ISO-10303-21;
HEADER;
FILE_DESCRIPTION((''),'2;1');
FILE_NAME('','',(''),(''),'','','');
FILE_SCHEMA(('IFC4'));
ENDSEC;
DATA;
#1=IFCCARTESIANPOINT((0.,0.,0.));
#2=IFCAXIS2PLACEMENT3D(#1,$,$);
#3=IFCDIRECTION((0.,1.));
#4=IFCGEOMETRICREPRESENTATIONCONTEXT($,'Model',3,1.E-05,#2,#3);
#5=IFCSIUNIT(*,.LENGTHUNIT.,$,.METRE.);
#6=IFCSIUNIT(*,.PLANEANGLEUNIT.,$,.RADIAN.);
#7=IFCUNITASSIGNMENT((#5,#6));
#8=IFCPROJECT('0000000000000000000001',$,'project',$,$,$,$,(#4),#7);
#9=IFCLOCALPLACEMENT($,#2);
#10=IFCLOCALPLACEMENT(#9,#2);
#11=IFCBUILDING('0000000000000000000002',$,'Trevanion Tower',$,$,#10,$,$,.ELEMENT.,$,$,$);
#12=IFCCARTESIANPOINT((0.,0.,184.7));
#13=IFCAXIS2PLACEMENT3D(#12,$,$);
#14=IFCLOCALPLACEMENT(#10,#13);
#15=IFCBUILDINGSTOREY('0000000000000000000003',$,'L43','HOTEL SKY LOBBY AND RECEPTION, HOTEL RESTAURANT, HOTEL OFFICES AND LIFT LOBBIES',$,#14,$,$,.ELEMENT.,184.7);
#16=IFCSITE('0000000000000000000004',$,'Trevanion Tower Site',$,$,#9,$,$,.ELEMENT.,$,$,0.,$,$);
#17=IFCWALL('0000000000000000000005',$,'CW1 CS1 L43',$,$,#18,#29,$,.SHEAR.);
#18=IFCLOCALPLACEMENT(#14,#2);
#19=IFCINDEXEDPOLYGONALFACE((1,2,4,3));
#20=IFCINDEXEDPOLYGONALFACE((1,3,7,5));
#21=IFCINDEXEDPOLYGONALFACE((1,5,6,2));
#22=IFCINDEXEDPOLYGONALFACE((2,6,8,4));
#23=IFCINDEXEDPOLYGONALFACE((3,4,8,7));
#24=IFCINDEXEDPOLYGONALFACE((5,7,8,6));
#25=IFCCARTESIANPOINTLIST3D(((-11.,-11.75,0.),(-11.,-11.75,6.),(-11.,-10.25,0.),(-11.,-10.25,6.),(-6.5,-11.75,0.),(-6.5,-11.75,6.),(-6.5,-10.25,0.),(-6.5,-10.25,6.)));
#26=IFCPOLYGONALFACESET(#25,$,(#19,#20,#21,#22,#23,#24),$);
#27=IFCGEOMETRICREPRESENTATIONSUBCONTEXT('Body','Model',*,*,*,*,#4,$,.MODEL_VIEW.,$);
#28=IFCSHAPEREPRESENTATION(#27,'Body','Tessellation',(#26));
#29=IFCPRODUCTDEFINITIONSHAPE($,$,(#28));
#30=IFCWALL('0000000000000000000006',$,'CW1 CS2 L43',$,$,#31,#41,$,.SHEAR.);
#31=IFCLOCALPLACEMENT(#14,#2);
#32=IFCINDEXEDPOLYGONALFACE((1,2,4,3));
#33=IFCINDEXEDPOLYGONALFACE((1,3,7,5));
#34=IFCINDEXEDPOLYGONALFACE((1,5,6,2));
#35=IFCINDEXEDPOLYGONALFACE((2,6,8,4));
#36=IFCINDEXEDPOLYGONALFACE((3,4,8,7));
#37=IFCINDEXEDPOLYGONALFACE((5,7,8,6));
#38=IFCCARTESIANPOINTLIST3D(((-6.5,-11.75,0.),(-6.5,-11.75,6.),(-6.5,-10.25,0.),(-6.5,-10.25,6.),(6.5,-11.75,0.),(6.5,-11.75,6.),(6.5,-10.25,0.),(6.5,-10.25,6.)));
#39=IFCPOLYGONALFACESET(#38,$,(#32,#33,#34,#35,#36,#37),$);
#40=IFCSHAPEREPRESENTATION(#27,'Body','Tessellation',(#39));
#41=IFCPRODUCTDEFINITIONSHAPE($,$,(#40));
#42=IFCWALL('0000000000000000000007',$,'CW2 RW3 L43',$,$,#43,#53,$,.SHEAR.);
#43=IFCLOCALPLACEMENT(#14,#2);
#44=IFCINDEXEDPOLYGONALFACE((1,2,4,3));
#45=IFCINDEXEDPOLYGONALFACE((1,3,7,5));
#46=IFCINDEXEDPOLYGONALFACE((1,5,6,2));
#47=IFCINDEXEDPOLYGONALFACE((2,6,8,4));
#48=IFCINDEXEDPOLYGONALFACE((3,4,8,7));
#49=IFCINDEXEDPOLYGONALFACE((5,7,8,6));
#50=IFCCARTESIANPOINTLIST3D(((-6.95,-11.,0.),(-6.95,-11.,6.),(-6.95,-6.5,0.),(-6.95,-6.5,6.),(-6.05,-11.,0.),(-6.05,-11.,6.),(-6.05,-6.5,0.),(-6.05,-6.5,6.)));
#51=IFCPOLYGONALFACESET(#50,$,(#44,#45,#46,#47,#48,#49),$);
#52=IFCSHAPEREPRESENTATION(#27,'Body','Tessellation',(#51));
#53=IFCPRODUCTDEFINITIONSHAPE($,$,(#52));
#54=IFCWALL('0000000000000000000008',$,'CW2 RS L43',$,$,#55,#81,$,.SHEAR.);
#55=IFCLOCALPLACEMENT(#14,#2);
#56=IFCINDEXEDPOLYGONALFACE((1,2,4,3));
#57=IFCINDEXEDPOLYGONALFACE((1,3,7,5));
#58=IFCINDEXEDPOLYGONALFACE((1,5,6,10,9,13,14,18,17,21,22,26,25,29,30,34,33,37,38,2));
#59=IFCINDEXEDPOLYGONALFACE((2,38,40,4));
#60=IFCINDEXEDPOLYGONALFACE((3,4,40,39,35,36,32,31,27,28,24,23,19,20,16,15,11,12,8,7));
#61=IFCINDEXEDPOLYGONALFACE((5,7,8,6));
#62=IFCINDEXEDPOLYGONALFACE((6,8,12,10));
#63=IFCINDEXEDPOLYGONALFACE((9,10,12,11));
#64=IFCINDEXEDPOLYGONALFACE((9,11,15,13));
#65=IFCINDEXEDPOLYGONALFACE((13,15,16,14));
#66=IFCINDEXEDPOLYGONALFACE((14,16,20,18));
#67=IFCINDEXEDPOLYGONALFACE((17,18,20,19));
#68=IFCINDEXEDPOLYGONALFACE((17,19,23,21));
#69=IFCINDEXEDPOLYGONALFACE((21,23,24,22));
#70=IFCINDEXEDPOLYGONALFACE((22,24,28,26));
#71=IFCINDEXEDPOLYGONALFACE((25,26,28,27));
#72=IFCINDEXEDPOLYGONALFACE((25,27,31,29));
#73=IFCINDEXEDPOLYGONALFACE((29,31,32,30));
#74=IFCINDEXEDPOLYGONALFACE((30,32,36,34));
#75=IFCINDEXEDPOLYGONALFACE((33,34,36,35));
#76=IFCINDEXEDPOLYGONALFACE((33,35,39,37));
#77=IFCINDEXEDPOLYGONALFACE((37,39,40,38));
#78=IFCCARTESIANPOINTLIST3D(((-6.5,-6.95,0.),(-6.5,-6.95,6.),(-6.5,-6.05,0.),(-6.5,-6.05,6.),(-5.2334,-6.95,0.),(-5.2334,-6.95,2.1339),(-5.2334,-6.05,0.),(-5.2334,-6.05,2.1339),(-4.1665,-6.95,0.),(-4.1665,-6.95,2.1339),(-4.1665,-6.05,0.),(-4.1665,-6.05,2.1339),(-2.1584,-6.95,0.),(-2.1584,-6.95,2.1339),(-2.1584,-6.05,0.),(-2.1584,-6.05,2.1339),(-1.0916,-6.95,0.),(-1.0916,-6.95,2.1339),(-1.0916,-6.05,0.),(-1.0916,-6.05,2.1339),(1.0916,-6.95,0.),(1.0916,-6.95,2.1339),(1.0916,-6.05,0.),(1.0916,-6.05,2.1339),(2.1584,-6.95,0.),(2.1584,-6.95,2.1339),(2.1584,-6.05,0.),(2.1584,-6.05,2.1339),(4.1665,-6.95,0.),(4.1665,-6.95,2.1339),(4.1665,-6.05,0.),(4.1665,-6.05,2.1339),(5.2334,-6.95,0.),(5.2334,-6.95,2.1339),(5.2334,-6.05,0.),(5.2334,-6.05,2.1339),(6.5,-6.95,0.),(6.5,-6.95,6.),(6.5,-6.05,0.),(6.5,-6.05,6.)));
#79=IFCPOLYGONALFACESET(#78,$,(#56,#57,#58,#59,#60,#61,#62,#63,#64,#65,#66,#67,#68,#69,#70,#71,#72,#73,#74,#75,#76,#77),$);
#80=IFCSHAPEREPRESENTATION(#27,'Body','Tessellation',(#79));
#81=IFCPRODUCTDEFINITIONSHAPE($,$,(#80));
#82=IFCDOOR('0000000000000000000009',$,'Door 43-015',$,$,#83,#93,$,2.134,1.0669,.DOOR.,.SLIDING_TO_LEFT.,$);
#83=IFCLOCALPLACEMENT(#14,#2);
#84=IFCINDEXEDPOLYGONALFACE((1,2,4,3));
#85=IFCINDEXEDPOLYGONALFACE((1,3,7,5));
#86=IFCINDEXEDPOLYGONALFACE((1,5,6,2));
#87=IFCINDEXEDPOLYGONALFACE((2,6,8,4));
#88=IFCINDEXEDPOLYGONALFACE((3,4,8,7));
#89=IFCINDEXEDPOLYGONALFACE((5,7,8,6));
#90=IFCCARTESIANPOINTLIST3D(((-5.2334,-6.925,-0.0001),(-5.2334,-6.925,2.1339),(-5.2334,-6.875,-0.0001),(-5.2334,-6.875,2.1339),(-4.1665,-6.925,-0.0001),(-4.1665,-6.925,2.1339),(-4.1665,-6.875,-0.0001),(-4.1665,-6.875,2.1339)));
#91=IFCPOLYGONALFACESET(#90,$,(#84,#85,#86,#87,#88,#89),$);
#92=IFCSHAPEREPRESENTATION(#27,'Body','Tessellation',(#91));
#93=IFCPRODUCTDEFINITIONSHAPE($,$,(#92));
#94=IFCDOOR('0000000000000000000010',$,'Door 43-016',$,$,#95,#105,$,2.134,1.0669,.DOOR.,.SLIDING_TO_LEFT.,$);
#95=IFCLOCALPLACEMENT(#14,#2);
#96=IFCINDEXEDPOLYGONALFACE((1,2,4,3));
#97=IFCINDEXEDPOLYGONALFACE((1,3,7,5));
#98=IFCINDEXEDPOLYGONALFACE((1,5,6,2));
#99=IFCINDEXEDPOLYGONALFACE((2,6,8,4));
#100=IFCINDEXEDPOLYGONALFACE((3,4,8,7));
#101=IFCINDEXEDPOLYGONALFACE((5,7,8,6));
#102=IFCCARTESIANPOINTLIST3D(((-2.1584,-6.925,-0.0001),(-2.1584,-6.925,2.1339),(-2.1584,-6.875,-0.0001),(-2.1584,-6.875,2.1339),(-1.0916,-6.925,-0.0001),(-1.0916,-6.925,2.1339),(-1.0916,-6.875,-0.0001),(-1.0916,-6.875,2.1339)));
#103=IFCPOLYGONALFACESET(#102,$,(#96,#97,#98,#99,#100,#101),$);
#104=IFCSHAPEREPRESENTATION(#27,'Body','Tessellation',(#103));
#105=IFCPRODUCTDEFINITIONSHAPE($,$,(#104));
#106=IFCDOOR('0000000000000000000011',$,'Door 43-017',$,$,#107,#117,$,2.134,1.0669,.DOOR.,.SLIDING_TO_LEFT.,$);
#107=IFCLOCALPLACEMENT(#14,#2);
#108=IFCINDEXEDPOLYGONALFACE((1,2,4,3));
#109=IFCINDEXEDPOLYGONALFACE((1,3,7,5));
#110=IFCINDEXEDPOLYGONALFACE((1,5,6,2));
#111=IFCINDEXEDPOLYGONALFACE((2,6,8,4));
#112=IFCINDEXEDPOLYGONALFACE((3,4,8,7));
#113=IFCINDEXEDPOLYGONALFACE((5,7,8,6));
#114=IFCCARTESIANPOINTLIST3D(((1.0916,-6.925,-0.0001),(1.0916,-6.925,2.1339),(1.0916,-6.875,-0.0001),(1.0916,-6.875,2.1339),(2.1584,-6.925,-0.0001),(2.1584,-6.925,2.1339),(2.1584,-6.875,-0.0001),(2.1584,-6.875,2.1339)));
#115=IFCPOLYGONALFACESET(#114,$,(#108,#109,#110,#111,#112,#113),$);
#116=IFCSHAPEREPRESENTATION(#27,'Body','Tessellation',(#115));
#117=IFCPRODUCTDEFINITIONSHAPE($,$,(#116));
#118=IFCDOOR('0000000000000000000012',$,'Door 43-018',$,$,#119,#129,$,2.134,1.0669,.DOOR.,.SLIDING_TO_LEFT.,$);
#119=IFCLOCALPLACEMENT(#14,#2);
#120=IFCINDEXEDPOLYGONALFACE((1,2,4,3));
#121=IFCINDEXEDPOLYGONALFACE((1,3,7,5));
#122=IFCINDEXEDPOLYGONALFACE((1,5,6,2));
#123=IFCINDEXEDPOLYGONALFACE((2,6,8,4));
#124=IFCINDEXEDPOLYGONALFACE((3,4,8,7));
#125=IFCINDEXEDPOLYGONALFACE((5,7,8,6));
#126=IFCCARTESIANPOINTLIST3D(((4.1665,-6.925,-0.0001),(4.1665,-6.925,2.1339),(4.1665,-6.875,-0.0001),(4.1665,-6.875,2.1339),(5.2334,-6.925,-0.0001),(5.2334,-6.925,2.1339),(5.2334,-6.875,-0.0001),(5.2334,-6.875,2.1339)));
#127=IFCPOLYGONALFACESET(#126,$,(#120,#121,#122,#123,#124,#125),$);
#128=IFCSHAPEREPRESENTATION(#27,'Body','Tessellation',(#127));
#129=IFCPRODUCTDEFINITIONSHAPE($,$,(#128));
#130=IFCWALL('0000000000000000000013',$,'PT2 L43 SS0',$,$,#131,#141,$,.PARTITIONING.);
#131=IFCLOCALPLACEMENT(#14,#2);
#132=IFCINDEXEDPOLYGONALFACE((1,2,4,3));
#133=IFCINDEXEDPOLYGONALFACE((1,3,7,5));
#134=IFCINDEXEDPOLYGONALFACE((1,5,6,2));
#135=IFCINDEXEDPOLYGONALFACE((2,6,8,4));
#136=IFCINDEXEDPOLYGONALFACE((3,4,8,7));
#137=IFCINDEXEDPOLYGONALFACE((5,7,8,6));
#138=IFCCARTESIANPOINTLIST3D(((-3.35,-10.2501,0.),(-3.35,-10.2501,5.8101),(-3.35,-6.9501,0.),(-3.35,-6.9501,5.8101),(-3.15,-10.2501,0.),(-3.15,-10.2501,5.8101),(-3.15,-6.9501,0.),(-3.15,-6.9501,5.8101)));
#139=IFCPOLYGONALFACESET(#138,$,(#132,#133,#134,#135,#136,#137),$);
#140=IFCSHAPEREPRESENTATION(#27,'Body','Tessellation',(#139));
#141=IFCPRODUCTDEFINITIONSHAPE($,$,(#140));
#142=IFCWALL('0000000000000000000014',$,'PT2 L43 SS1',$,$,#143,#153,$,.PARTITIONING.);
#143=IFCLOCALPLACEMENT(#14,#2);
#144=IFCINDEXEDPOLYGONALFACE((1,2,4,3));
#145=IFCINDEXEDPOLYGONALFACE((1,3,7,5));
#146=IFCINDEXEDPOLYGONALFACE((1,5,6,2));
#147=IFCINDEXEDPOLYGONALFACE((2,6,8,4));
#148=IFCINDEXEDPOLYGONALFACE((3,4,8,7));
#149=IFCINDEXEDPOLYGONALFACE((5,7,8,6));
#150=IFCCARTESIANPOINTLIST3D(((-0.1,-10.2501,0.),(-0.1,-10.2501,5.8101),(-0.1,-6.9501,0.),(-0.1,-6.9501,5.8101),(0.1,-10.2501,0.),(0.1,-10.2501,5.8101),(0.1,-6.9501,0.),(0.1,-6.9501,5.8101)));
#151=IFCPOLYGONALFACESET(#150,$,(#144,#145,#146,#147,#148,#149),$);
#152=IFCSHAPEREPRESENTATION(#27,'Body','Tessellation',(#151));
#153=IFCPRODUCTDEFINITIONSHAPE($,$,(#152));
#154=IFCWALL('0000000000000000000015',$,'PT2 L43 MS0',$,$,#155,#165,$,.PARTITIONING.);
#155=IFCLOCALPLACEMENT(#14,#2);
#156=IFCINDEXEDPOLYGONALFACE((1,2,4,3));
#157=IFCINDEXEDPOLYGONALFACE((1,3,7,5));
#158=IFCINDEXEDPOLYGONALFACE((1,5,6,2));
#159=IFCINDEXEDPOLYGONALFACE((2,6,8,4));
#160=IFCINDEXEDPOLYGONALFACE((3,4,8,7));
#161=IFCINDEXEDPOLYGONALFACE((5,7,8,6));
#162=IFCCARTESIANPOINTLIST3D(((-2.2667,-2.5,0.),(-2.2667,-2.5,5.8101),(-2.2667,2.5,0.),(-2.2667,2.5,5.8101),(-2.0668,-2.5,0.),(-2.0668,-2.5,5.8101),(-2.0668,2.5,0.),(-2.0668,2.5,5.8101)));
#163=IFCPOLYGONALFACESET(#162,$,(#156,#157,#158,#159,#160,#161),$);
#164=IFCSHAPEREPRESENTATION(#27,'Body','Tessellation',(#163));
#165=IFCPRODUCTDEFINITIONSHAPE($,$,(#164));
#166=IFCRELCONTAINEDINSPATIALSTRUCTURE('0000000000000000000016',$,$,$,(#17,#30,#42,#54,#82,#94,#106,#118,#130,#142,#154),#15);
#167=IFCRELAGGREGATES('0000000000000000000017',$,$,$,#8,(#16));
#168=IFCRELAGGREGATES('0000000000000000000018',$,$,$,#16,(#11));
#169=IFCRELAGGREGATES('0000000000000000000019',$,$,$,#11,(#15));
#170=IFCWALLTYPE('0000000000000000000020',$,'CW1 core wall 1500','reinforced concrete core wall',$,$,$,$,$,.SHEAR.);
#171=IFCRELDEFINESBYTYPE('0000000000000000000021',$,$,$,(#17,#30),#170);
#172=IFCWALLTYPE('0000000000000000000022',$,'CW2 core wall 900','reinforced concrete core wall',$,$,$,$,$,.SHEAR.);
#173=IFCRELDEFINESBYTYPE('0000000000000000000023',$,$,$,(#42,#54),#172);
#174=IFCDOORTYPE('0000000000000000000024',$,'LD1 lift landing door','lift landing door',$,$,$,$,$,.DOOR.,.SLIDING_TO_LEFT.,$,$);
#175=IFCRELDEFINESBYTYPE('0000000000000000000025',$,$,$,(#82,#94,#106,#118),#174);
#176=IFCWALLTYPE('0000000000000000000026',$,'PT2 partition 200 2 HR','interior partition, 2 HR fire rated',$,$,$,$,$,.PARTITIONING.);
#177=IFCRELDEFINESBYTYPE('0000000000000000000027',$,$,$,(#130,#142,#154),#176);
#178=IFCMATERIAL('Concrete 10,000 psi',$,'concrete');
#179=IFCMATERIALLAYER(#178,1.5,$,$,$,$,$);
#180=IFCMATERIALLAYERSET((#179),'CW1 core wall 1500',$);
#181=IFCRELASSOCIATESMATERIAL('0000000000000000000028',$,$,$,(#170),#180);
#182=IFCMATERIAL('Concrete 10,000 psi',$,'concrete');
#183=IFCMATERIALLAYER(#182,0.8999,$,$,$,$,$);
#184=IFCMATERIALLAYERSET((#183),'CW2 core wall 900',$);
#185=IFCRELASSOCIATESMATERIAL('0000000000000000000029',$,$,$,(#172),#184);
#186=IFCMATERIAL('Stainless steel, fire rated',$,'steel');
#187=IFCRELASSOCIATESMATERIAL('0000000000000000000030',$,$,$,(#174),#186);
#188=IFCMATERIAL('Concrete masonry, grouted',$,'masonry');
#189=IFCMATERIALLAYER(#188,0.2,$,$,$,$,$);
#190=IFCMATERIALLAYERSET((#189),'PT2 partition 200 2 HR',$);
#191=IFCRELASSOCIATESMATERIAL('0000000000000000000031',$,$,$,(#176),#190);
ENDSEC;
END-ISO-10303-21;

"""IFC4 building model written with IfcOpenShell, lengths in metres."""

from ifc_helpers import new_model, si_unit, direction, frame, frame_2d, origin, place, context, subcontext, project, spatial, rectangle, extrude, material, layer, layer_set, type_object, element, fill, save


model = new_model("IFC4")

# Units and contexts
model_context = context("Model", 3, precision=1e-05, world=origin(), true_north=direction((0.0, 1.0)))
body_context = subcontext(model_context, "Body", "Model", "MODEL_VIEW")
ifc_project = project(units=[si_unit("LENGTHUNIT", "METRE"), si_unit("PLANEANGLEUNIT", "RADIAN")], contexts=[model_context])

# Site, building, storey
site_placement = place(None, origin())
site = spatial("IfcSite", under=ifc_project, at=site_placement, Name="Trevanion Tower Site", CompositionType="ELEMENT", RefElevation=0.0)
building_placement = place(site_placement, origin())
building = spatial("IfcBuilding", under=site, at=building_placement, Name="Trevanion Tower", CompositionType="ELEMENT")
storey_placement = place(building_placement, frame((0.0, 0.0, 184.7)))
storey = spatial("IfcBuildingStorey", under=building, at=storey_placement, Name="L43", Description="HOTEL SKY LOBBY AND RECEPTION, HOTEL RESTAURANT, HOTEL OFFICES AND LIFT LOBBIES", CompositionType="ELEMENT", Elevation=184.7)

# Walls
ifc_material_1 = material(Name="Concrete 10,000 psi", Category="concrete")
ifc_layer_1 = layer(ifc_material_1, 1.5)
ifc_layer_set_1 = layer_set([ifc_layer_1], Name="CW1 core wall 1500")
wall_type_1 = type_object("IfcWallType", Name="CW1 core wall 1500", Description="reinforced concrete core wall", PredefinedType="SHEAR", material=ifc_layer_set_1)
wall_1_placement = place(storey_placement, frame((-11.0, -11.0, 0.0), z_axis=(0.0, 0.0, 1.0), x_axis=(1.0, 0.0, 0.0)))
element("IfcWall", 1, at=wall_1_placement, inside=storey, type_object=wall_type_1, Name="CW1 CS1 L43", PredefinedType="SHEAR", context=body_context, shape_type="SweptSolid", body=[
    extrude(rectangle(XDim=4.5, YDim=1.5, at=frame_2d((2.25, 0.0))), origin(), (0.0, 0.0, 1.0), 6.0),
])
wall_2_placement = place(storey_placement, frame((-6.5, -11.0, 0.0), z_axis=(0.0, 0.0, 1.0), x_axis=(1.0, 0.0, 0.0)))
element("IfcWall", 2, at=wall_2_placement, inside=storey, type_object=wall_type_1, Name="CW1 CS2 L43", PredefinedType="SHEAR", context=body_context, shape_type="SweptSolid", body=[
    extrude(rectangle(XDim=13.0, YDim=1.5, at=frame_2d((6.5, 0.0))), origin(), (0.0, 0.0, 1.0), 6.0),
])
ifc_material_2 = material(Name="Concrete 10,000 psi", Category="concrete")
ifc_layer_2 = layer(ifc_material_2, 0.8999)
ifc_layer_set_2 = layer_set([ifc_layer_2], Name="CW2 core wall 900")
wall_type_2 = type_object("IfcWallType", Name="CW2 core wall 900", Description="reinforced concrete core wall", PredefinedType="SHEAR", material=ifc_layer_set_2)
wall_3_placement = place(storey_placement, frame((-6.5, -6.5, 0.0), z_axis=(0.0, 0.0, 1.0), x_axis=(0.0, -1.0, 0.0)))
element("IfcWall", 3, at=wall_3_placement, inside=storey, type_object=wall_type_2, Name="CW2 RW3 L43", PredefinedType="SHEAR", context=body_context, shape_type="SweptSolid", body=[
    extrude(rectangle(XDim=4.5, YDim=0.8999, at=frame_2d((2.25, 0.0))), origin(), (0.0, 0.0, 1.0), 6.0),
])

# Wall, openings, doors
wall_4_placement = place(storey_placement, frame((-6.5, -6.5, 0.0), z_axis=(0.0, 0.0, 1.0), x_axis=(1.0, 0.0, 0.0)))
wall_4 = element("IfcWall", 4, at=wall_4_placement, inside=storey, type_object=wall_type_2, Name="CW2 RS L43", PredefinedType="SHEAR", context=body_context, shape_type="SweptSolid", body=[
    extrude(rectangle(XDim=13.0, YDim=0.8999, at=frame_2d((6.5, 0.0))), origin(), (0.0, 0.0, 1.0), 6.0),
])
opening_1_placement = place(wall_4_placement, frame((1.2666, 0.0, 0.0)))
opening_1 = element("IfcOpeningElement", 5, at=opening_1_placement, cuts=wall_4, PredefinedType="OPENING", context=body_context, shape_type="SweptSolid", body=[
    extrude(rectangle(XDim=1.0669, YDim=2.134, at=frame_2d((0.5334, 1.0669))), frame((0.0, 0.46, 0.0), z_axis=(0.0, -1.0, 0.0), x_axis=(1.0, 0.0, 0.0)), (0.0, 0.0, 1.0), 0.9199),
])
opening_2_placement = place(wall_4_placement, frame((4.3416, 0.0, 0.0)))
opening_2 = element("IfcOpeningElement", 6, at=opening_2_placement, cuts=wall_4, PredefinedType="OPENING", context=body_context, shape_type="SweptSolid", body=[
    extrude(rectangle(XDim=1.0669, YDim=2.134, at=frame_2d((0.5334, 1.0669))), frame((0.0, 0.46, 0.0), z_axis=(0.0, -1.0, 0.0), x_axis=(1.0, 0.0, 0.0)), (0.0, 0.0, 1.0), 0.9199),
])
opening_3_placement = place(wall_4_placement, frame((7.5916, 0.0, 0.0)))
opening_3 = element("IfcOpeningElement", 7, at=opening_3_placement, cuts=wall_4, PredefinedType="OPENING", context=body_context, shape_type="SweptSolid", body=[
    extrude(rectangle(XDim=1.0669, YDim=2.134, at=frame_2d((0.5334, 1.0669))), frame((0.0, 0.46, 0.0), z_axis=(0.0, -1.0, 0.0), x_axis=(1.0, 0.0, 0.0)), (0.0, 0.0, 1.0), 0.9199),
])
opening_4_placement = place(wall_4_placement, frame((10.6665, 0.0, 0.0)))
opening_4 = element("IfcOpeningElement", 8, at=opening_4_placement, cuts=wall_4, PredefinedType="OPENING", context=body_context, shape_type="SweptSolid", body=[
    extrude(rectangle(XDim=1.0669, YDim=2.134, at=frame_2d((0.5334, 1.0669))), frame((0.0, 0.46, 0.0), z_axis=(0.0, -1.0, 0.0), x_axis=(1.0, 0.0, 0.0)), (0.0, 0.0, 1.0), 0.9199),
])
ifc_material_3 = material(Name="Stainless steel, fire rated", Category="steel")
door_type_1 = type_object("IfcDoorType", Name="LD1 lift landing door", Description="lift landing door", OperationType="SLIDING_TO_LEFT", PredefinedType="DOOR", material=ifc_material_3)
door_1_placement = place(opening_1_placement, origin())
door_1 = element("IfcDoor", 9, at=door_1_placement, inside=storey, type_object=door_type_1, Name="Door 43-015", OperationType="SLIDING_TO_LEFT", OverallHeight=2.134, OverallWidth=1.0669, PredefinedType="DOOR", context=body_context, shape_type="SweptSolid", body=[
    extrude(rectangle(XDim=1.0669, YDim=2.134, at=frame_2d((0.5334, 1.0669))), frame((0.0, -0.375, 0.0), z_axis=(0.0, -1.0, 0.0), x_axis=(1.0, 0.0, 0.0)), (0.0, 0.0, 1.0), 0.05),
])
fill(opening_1, door_1)
door_2_placement = place(opening_2_placement, origin())
door_2 = element("IfcDoor", 10, at=door_2_placement, inside=storey, type_object=door_type_1, Name="Door 43-016", OperationType="SLIDING_TO_LEFT", OverallHeight=2.134, OverallWidth=1.0669, PredefinedType="DOOR", context=body_context, shape_type="SweptSolid", body=[
    extrude(rectangle(XDim=1.0669, YDim=2.134, at=frame_2d((0.5334, 1.0669))), frame((0.0, -0.375, 0.0), z_axis=(0.0, -1.0, 0.0), x_axis=(1.0, 0.0, 0.0)), (0.0, 0.0, 1.0), 0.05),
])
fill(opening_2, door_2)
door_3_placement = place(opening_3_placement, origin())
door_3 = element("IfcDoor", 11, at=door_3_placement, inside=storey, type_object=door_type_1, Name="Door 43-017", OperationType="SLIDING_TO_LEFT", OverallHeight=2.134, OverallWidth=1.0669, PredefinedType="DOOR", context=body_context, shape_type="SweptSolid", body=[
    extrude(rectangle(XDim=1.0669, YDim=2.134, at=frame_2d((0.5334, 1.0669))), frame((0.0, -0.375, 0.0), z_axis=(0.0, -1.0, 0.0), x_axis=(1.0, 0.0, 0.0)), (0.0, 0.0, 1.0), 0.05),
])
fill(opening_3, door_3)
door_4_placement = place(opening_4_placement, origin())
door_4 = element("IfcDoor", 12, at=door_4_placement, inside=storey, type_object=door_type_1, Name="Door 43-018", OperationType="SLIDING_TO_LEFT", OverallHeight=2.134, OverallWidth=1.0669, PredefinedType="DOOR", context=body_context, shape_type="SweptSolid", body=[
    extrude(rectangle(XDim=1.0669, YDim=2.134, at=frame_2d((0.5334, 1.0669))), frame((0.0, -0.375, 0.0), z_axis=(0.0, -1.0, 0.0), x_axis=(1.0, 0.0, 0.0)), (0.0, 0.0, 1.0), 0.05),
])
fill(opening_4, door_4)

# Walls
ifc_material_4 = material(Name="Concrete masonry, grouted", Category="masonry")
ifc_layer_3 = layer(ifc_material_4, 0.2)
ifc_layer_set_3 = layer_set([ifc_layer_3], Name="PT2 partition 200 2 HR")
wall_type_3 = type_object("IfcWallType", Name="PT2 partition 200 2 HR", Description="interior partition, 2 HR fire rated", PredefinedType="PARTITIONING", material=ifc_layer_set_3)
for number, where, z_axis, x_axis, name in (
    (13, (-3.25, -10.25, 0.0), (0.0, 0.0, 1.0), (0.0, 1.0, 0.0), "PT2 L43 SS0"),
    (14, (0.0, -10.25, 0.0), (0.0, 0.0, 1.0), (0.0, 1.0, 0.0), "PT2 L43 SS1"),
):
    element("IfcWall", number, at=place(storey_placement, frame(where, z_axis=z_axis, x_axis=x_axis)), inside=storey, type_object=wall_type_3, Name=name, PredefinedType="PARTITIONING", context=body_context, shape_type="SweptSolid", body=[
        extrude(rectangle(XDim=3.3, YDim=0.2, at=frame_2d((1.6499, 0.0))), origin(), (0.0, 0.0, 1.0), 5.8101),
    ])
wall_5_placement = place(storey_placement, frame((-2.1667, -2.5, 0.0), z_axis=(0.0, 0.0, 1.0), x_axis=(0.0, 1.0, 0.0)))
element("IfcWall", 15, at=wall_5_placement, inside=storey, type_object=wall_type_3, Name="PT2 L43 MS0", PredefinedType="PARTITIONING", context=body_context, shape_type="SweptSolid", body=[
    extrude(rectangle(XDim=5.0, YDim=0.2, at=frame_2d((2.5, 0.0))), origin(), (0.0, 0.0, 1.0), 5.8101),
])

save(model, "model.ifc")
